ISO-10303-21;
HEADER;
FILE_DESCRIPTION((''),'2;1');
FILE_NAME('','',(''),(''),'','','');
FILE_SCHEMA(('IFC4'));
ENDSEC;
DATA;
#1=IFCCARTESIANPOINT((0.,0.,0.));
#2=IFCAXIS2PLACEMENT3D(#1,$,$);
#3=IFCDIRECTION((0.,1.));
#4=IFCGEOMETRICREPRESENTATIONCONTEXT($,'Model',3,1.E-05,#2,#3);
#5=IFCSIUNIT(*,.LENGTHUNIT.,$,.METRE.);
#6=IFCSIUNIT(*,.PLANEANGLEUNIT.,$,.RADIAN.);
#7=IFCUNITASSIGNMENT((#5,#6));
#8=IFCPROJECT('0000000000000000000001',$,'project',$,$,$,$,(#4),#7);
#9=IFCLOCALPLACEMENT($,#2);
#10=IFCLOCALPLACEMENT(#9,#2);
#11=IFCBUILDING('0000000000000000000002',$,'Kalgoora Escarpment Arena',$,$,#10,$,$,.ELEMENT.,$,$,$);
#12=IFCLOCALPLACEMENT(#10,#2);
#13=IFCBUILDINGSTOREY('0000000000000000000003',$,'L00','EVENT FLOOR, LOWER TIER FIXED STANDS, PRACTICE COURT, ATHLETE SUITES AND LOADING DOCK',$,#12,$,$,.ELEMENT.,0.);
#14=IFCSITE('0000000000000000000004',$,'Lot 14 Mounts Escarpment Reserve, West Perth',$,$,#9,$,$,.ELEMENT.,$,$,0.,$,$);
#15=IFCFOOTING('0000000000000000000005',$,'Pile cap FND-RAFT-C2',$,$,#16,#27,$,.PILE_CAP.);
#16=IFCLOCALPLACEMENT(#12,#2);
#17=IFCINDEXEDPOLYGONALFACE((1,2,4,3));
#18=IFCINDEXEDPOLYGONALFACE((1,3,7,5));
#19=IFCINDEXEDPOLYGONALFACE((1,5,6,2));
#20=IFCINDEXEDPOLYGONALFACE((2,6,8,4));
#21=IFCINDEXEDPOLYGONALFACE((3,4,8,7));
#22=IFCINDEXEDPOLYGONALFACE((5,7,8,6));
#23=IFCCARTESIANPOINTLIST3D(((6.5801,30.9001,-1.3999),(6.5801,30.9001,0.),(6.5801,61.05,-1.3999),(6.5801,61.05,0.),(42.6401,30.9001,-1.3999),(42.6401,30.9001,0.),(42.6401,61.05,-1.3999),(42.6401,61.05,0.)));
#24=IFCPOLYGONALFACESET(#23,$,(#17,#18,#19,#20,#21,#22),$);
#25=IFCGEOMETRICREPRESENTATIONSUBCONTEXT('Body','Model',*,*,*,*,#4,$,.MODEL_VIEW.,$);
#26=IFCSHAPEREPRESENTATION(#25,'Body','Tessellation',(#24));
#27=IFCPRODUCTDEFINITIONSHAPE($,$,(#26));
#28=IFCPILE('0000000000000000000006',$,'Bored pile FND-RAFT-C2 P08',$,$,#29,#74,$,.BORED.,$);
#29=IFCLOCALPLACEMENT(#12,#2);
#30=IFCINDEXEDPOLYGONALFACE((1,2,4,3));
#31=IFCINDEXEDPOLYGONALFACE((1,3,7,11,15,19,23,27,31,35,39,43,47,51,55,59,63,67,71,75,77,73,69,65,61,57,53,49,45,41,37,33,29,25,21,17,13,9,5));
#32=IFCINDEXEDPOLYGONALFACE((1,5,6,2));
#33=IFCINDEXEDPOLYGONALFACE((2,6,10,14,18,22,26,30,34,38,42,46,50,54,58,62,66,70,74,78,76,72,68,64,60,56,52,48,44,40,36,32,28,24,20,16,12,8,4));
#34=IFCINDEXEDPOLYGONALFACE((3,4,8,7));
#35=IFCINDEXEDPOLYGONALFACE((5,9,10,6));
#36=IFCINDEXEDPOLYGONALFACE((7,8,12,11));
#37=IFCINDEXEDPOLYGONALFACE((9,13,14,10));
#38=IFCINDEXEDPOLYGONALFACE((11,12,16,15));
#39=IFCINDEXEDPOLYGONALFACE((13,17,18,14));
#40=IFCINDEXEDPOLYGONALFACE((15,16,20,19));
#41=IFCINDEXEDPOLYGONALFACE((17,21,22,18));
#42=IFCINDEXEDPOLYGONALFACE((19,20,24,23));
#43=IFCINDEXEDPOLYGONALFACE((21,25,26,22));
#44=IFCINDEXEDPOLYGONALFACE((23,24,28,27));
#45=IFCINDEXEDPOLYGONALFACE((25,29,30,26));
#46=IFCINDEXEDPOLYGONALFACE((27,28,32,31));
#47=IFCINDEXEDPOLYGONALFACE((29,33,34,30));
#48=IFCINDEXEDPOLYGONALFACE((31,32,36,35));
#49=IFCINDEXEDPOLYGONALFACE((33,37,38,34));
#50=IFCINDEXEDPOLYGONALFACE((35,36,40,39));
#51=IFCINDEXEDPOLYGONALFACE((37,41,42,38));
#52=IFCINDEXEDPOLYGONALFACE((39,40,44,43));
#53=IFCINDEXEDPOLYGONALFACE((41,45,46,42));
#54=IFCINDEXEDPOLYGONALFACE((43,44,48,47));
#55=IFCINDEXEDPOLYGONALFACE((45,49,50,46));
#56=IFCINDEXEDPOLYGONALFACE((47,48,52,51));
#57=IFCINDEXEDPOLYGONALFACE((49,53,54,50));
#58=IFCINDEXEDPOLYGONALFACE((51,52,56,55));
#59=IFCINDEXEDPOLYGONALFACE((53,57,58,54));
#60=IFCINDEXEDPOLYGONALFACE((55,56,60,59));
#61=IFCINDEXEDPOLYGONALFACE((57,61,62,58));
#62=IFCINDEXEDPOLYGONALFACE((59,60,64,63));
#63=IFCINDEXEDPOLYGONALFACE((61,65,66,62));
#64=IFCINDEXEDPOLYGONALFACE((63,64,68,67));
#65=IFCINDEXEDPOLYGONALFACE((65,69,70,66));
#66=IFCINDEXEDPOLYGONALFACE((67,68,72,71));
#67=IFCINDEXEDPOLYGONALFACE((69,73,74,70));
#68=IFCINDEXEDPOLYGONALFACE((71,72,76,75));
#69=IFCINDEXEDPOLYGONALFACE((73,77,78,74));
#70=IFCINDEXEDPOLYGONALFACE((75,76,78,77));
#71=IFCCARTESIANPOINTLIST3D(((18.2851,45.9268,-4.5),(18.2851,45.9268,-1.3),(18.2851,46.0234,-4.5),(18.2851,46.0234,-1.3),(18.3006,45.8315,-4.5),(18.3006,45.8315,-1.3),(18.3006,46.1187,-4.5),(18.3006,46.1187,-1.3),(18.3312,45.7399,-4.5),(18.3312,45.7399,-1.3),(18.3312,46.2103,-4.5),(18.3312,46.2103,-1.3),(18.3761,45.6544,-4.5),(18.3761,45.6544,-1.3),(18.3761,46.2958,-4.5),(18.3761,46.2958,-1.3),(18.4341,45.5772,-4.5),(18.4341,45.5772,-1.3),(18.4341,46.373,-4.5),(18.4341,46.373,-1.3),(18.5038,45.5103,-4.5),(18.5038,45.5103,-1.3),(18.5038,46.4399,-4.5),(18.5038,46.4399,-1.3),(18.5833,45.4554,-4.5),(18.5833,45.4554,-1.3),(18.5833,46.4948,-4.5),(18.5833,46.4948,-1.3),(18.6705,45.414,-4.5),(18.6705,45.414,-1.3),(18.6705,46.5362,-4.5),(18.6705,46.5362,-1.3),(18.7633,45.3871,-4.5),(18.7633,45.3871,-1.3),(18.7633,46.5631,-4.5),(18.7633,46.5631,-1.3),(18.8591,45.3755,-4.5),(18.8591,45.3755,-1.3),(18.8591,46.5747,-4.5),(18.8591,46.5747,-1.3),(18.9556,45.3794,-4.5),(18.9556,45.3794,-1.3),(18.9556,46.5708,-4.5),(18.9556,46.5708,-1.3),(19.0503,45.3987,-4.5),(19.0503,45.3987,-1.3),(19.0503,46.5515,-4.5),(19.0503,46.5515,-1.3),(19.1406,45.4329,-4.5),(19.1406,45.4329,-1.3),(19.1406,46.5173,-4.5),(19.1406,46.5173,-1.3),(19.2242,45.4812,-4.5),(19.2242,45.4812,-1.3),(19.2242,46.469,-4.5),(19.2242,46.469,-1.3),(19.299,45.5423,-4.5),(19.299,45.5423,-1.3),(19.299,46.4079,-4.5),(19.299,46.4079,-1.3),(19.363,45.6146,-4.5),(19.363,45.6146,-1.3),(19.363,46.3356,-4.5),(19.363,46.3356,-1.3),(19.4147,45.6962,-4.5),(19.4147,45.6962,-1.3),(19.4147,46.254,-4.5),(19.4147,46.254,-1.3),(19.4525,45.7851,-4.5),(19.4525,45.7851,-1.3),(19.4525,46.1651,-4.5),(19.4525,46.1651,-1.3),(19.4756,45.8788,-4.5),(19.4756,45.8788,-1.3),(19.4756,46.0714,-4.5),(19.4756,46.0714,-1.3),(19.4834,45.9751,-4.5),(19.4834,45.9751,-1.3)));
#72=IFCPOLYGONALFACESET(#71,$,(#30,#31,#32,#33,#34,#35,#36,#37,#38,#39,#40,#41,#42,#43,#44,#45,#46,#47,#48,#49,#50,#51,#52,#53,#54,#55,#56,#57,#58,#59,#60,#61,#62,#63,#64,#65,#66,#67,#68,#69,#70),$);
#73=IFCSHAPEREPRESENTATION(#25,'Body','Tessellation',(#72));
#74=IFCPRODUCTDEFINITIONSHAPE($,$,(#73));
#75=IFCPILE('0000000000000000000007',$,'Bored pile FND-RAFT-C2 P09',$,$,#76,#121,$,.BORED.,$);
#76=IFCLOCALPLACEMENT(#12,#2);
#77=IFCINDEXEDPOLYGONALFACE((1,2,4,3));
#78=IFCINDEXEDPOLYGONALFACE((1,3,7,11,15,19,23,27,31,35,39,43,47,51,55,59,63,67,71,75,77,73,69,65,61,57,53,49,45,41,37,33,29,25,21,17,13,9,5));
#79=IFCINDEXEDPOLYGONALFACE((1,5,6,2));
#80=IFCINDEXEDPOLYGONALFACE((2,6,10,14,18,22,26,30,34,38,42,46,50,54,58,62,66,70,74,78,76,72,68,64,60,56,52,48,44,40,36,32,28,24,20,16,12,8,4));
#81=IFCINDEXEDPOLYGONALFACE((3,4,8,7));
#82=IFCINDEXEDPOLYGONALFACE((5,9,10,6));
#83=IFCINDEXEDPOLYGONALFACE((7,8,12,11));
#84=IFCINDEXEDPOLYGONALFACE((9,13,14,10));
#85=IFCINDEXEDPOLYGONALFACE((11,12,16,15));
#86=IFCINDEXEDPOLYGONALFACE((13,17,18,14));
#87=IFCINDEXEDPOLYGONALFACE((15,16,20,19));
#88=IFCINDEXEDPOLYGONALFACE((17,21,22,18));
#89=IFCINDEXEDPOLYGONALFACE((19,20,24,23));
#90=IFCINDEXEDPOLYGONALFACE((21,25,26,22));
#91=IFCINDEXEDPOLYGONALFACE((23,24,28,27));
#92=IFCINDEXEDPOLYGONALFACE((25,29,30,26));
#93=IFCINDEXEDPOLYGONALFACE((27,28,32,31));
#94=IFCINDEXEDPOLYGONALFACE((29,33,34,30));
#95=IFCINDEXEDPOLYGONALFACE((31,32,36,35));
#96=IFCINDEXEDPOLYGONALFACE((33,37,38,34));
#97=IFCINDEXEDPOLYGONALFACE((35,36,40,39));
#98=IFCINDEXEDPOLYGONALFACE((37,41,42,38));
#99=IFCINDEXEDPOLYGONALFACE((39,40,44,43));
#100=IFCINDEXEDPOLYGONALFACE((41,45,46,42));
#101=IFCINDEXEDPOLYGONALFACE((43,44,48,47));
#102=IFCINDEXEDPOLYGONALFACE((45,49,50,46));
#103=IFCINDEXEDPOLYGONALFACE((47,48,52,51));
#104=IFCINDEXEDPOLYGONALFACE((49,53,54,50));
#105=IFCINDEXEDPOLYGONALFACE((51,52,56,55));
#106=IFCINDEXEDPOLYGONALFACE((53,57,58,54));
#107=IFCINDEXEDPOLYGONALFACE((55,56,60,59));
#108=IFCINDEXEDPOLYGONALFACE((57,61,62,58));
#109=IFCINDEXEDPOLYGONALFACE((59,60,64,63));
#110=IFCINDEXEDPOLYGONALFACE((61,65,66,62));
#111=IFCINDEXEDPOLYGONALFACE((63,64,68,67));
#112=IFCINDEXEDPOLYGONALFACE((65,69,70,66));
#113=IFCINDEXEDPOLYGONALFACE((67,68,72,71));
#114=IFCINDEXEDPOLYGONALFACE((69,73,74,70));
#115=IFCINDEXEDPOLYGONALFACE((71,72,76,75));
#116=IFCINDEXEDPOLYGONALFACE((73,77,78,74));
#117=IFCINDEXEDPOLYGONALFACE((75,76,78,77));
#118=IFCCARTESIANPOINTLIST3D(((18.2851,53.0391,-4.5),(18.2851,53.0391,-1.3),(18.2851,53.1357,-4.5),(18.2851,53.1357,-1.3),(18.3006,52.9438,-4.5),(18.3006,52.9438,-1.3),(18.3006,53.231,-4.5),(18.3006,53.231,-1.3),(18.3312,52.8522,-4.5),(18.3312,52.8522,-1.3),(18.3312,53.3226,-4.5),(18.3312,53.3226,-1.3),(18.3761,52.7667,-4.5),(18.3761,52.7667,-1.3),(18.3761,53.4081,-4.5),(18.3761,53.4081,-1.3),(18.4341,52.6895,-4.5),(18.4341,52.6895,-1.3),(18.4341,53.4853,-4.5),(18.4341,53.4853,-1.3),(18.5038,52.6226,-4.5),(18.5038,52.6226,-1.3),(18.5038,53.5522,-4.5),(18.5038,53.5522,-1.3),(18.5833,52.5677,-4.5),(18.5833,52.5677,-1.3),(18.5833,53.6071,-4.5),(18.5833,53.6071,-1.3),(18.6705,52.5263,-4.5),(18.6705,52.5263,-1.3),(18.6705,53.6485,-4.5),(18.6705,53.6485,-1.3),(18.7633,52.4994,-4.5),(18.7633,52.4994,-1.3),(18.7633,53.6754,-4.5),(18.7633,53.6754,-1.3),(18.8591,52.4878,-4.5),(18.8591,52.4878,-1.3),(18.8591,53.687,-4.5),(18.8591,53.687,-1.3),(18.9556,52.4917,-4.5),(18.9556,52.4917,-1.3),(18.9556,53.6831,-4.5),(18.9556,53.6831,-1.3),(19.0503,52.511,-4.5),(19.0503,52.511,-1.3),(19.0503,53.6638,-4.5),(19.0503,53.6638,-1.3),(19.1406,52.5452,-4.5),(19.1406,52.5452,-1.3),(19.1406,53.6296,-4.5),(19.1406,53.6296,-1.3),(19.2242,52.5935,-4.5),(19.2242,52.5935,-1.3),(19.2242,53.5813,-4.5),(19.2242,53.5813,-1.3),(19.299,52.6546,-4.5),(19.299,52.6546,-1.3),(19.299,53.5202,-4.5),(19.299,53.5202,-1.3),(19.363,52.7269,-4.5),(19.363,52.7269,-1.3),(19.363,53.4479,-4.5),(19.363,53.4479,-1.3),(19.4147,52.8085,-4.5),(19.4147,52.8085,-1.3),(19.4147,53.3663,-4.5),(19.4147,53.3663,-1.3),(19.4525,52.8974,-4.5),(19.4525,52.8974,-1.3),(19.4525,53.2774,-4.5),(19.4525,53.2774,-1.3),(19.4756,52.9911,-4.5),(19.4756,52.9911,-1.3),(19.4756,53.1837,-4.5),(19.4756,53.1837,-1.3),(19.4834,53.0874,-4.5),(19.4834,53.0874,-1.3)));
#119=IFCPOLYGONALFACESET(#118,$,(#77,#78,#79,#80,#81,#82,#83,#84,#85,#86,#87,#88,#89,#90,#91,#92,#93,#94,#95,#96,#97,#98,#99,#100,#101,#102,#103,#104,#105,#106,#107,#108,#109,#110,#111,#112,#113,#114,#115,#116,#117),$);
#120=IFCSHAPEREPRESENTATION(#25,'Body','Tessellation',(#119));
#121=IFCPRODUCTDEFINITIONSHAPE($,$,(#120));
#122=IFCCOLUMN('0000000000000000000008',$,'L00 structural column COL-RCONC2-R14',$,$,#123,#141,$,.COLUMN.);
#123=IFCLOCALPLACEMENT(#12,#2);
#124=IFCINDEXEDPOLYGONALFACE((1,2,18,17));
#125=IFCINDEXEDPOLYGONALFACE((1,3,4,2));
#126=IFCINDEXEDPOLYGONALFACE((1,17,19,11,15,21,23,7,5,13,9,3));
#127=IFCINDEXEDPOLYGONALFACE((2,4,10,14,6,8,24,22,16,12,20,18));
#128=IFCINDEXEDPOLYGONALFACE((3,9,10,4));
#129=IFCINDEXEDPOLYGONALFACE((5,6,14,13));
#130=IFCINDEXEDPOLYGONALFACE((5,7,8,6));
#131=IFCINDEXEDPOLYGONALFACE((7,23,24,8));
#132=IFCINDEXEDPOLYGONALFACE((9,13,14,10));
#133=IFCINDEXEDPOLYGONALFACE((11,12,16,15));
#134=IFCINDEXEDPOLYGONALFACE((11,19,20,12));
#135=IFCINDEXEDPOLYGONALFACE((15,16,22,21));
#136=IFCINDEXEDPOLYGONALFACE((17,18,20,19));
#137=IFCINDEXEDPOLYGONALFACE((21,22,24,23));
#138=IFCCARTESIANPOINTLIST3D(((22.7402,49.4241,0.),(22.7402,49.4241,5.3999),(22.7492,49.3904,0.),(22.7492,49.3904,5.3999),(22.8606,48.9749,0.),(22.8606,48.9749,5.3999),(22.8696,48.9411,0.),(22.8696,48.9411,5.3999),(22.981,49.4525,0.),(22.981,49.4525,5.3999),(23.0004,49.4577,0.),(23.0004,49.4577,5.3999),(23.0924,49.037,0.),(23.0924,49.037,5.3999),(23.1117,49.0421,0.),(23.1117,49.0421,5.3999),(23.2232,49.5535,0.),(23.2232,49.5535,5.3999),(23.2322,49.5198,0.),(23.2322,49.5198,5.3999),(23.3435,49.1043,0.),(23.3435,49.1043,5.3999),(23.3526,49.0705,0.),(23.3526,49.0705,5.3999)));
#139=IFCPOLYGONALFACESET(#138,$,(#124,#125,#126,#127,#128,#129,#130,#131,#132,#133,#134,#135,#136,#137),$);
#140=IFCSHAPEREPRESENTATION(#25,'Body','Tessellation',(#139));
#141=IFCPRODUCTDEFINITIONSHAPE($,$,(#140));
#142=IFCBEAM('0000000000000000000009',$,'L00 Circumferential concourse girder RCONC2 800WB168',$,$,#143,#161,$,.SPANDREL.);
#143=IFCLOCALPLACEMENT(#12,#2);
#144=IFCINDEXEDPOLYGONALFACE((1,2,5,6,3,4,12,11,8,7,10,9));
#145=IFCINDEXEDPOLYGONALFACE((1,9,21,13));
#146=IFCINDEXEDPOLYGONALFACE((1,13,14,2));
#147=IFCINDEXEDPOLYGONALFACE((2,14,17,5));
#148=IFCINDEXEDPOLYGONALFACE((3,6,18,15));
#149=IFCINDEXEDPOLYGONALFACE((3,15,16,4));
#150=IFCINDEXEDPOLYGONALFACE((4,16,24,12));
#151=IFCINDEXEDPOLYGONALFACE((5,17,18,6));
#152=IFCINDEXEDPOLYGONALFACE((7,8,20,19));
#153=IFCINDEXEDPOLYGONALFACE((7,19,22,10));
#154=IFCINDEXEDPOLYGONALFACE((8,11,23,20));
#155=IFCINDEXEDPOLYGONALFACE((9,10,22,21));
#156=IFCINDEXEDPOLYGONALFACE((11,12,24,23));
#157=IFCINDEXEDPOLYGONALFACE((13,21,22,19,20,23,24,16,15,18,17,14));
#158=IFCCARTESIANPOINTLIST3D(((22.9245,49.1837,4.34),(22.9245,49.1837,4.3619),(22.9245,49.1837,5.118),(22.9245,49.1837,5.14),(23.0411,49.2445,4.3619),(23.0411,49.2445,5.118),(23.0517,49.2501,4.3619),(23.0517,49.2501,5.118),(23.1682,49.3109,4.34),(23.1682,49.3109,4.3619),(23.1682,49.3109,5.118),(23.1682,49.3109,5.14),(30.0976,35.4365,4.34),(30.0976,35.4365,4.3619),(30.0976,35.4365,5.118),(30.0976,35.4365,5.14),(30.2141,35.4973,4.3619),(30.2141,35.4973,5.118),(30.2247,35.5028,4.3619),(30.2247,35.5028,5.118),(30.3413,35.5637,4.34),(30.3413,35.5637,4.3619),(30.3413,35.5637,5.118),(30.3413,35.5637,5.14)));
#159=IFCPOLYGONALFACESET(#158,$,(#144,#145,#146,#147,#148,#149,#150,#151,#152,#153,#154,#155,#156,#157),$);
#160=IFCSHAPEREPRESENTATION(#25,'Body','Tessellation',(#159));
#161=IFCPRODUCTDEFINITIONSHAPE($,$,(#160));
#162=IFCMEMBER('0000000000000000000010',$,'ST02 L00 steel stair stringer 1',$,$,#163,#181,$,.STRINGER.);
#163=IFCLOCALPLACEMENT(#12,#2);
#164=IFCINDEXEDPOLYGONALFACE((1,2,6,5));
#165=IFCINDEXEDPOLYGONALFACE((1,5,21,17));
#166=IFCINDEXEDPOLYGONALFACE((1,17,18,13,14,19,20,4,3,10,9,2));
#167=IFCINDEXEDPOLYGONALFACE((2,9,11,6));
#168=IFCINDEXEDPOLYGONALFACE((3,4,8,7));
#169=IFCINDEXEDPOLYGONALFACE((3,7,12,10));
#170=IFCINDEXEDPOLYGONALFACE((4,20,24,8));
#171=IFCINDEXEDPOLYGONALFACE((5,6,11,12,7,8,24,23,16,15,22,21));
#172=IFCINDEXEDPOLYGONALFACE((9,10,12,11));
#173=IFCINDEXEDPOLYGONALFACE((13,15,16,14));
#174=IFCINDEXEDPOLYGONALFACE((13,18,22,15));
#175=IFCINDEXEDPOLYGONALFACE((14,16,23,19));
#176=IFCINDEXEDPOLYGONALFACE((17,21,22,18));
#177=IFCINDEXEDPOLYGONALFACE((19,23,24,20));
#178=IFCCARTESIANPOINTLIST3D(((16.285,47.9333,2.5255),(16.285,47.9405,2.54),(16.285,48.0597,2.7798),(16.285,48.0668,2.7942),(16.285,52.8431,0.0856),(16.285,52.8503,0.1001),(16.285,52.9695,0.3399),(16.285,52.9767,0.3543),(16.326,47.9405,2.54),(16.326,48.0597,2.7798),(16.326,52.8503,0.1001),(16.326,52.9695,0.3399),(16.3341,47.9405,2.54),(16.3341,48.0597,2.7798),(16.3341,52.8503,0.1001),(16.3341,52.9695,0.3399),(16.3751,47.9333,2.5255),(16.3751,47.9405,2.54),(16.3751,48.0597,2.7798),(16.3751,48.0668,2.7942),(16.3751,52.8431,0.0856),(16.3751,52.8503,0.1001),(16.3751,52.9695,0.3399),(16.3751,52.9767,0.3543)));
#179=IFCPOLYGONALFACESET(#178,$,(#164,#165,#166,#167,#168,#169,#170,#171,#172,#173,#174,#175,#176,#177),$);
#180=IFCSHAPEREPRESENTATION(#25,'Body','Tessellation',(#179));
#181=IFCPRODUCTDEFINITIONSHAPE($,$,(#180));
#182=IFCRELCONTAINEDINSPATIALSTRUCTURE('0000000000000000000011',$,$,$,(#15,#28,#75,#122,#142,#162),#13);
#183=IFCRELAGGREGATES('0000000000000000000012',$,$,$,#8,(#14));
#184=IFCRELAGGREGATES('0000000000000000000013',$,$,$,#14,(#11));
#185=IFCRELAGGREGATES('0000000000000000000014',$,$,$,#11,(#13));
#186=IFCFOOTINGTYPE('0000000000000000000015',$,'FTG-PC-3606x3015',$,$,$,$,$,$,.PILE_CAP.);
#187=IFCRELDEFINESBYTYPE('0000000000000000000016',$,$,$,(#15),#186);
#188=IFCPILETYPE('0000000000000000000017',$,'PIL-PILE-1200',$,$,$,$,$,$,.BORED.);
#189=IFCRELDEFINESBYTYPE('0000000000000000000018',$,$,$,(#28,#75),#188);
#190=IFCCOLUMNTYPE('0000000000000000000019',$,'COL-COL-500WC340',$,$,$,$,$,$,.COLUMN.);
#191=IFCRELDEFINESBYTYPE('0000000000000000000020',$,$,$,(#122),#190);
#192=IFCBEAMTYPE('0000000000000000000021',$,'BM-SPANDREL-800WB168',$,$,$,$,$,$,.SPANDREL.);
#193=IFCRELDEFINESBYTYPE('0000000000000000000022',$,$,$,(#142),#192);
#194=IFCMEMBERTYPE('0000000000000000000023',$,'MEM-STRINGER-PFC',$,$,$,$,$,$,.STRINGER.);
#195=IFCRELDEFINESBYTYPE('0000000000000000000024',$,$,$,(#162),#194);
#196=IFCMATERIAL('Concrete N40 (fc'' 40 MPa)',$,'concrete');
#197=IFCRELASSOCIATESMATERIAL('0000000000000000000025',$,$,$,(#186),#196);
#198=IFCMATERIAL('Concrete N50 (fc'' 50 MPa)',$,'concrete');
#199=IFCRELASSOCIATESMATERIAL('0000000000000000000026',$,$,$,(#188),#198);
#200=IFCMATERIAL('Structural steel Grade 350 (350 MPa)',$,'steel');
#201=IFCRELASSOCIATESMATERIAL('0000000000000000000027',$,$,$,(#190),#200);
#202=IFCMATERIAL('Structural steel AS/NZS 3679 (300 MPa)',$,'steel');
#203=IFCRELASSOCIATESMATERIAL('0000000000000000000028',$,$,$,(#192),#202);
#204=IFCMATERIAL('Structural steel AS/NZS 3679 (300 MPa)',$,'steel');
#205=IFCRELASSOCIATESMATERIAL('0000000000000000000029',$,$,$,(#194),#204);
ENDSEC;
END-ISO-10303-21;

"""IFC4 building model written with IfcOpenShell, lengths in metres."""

from ifc_helpers import new_model, si_unit, direction, frame, origin, origin_2d, place, context, subcontext, project, spatial, rectangle, circle, i_section, extrude, material, material_profile, profile_set, type_object, element, save


model = new_model("IFC4")

# Units and contexts
model_context = context("Model", 3, precision=1e-05, world=origin(), true_north=direction((0.0, 1.0)))
body_context = subcontext(model_context, "Body", "Model", "MODEL_VIEW")
ifc_project = project(units=[si_unit("LENGTHUNIT", "METRE"), si_unit("PLANEANGLEUNIT", "RADIAN")], contexts=[model_context])

# Site, building, storey
site_placement = place(None, origin())
site = spatial("IfcSite", under=ifc_project, at=site_placement, Name="Lot 14 Mounts Escarpment Reserve, West Perth", CompositionType="ELEMENT", RefElevation=0.0)
building_placement = place(site_placement, origin())
building = spatial("IfcBuilding", under=site, at=building_placement, Name="Kalgoora Escarpment Arena", CompositionType="ELEMENT")
storey_placement = place(building_placement, origin())
storey = spatial("IfcBuildingStorey", under=building, at=storey_placement, Name="L00", Description="EVENT FLOOR, LOWER TIER FIXED STANDS, PRACTICE COURT, ATHLETE SUITES AND LOADING DOCK", CompositionType="ELEMENT", Elevation=0.0)

# Footing
ifc_material_1 = material(Name="Concrete N40 (fc' 40 MPa)", Category="concrete")
footing_type = type_object("IfcFootingType", Name="FTG-PC-3606x3015", PredefinedType="PILE_CAP", material=ifc_material_1)
footing_placement = place(storey_placement, frame((24.6101, 45.9751, -1.3999), z_axis=(0.0, 0.0, 1.0), x_axis=(1.0, 0.0, 0.0)))
element("IfcFooting", 1, at=footing_placement, inside=storey, type_object=footing_type, Name="Pile cap FND-RAFT-C2", PredefinedType="PILE_CAP", context=body_context, shape_type="SweptSolid", body=[
    extrude(rectangle(XDim=36.0601, YDim=30.1499, at=origin_2d()), origin(), (0.0, 0.0, 1.0), 1.3999),
])

# Piles
ifc_material_2 = material(Name="Concrete N50 (fc' 50 MPa)", Category="concrete")
ifc_material_profile_1 = material_profile(ifc_material_2, circle(Radius=0.6001, at=origin_2d()))
ifc_profile_set_1 = profile_set([ifc_material_profile_1], Name="Concrete N50 (fc' 50 MPa)")
pile_type = type_object("IfcPileType", Name="PIL-PILE-1200", PredefinedType="BORED", material=ifc_profile_set_1)
for number, where, z_axis, x_axis, name in (
    (2, (18.8833, 45.9751, -1.3), (0.0, 0.0, -1.0), (1.0, 0.0, 0.0), "Bored pile FND-RAFT-C2 P08"),
    (3, (18.8833, 53.0874, -1.3), (0.0, 0.0, -1.0), (1.0, 0.0, 0.0), "Bored pile FND-RAFT-C2 P09"),
):
    element("IfcPile", number, at=place(storey_placement, frame(where, z_axis=z_axis, x_axis=x_axis)), inside=storey, type_object=pile_type, Name=name, PredefinedType="BORED", context=body_context, shape_type="SweptSolid", body=[
        extrude(circle(Radius=0.6001, at=origin_2d()), origin(), (0.0, 0.0, 1.0), 3.2),
    ])

# Column
ifc_material_3 = material(Name="Structural steel Grade 350 (350 MPa)", Category="steel")
ifc_material_profile_2 = material_profile(ifc_material_3, i_section(OverallWidth=0.5, OverallDepth=0.5, WebThickness=0.02, FlangeThickness=0.0349, at=origin_2d()))
ifc_profile_set_2 = profile_set([ifc_material_profile_2], Name="Structural steel Grade 350 (350 MPa)")
column_type = type_object("IfcColumnType", Name="COL-COL-500WC340", PredefinedType="COLUMN", material=ifc_profile_set_2)
column_placement = place(storey_placement, frame((23.0464, 49.2473, 0.0), z_axis=(0.0, 0.0, 1.0), x_axis=(-0.965926, -0.258819, 0.0)))
element("IfcColumn", 4, at=column_placement, inside=storey, type_object=column_type, Name="L00 structural column COL-RCONC2-R14", PredefinedType="COLUMN", context=body_context, shape_type="SweptSolid", body=[
    extrude(i_section(OverallWidth=0.5, OverallDepth=0.5, WebThickness=0.02, FlangeThickness=0.0349, at=origin_2d()), origin(), (0.0, 0.0, 1.0), 5.3999),
])

# Beam
ifc_material_4 = material(Name="Structural steel AS/NZS 3679 (300 MPa)", Category="steel")
ifc_material_profile_3 = material_profile(ifc_material_4, i_section(OverallWidth=0.2749, OverallDepth=0.8, WebThickness=0.012, FlangeThickness=0.022, at=origin_2d()))
ifc_profile_set_3 = profile_set([ifc_material_profile_3], Name="Structural steel AS/NZS 3679 (300 MPa)")
beam_type = type_object("IfcBeamType", Name="BM-SPANDREL-800WB168", PredefinedType="SPANDREL", material=ifc_profile_set_3)
beam_placement = place(storey_placement, frame((23.0464, 49.2473, 4.74), z_axis=(0.462596, -0.886569, 0.0), x_axis=(0.886569, 0.462596, 0.0)))
element("IfcBeam", 5, at=beam_placement, inside=storey, type_object=beam_type, Name="L00 Circumferential concourse girder RCONC2 800WB168", PredefinedType="SPANDREL", context=body_context, shape_type="SweptSolid", body=[
    extrude(i_section(OverallWidth=0.2749, OverallDepth=0.8, WebThickness=0.012, FlangeThickness=0.022, at=origin_2d()), origin(), (0.0, 0.0, 1.0), 15.5061),
])

# Member
ifc_material_5 = material(Name="Structural steel AS/NZS 3679 (300 MPa)", Category="steel")
ifc_material_profile_4 = material_profile(ifc_material_5, i_section(OverallWidth=0.0901, OverallDepth=0.3, WebThickness=0.0081, FlangeThickness=0.0161, at=origin_2d()))
ifc_profile_set_4 = profile_set([ifc_material_profile_4], Name="Structural steel AS/NZS 3679 (300 MPa)")
member_type = type_object("IfcMemberType", Name="MEM-STRINGER-PFC", PredefinedType="STRINGER", material=ifc_profile_set_4)
member_placement = place(storey_placement, frame((16.3301, 52.9099, 0.22), z_axis=(0.0, -0.89552, 0.445021), x_axis=(1.0, 0.0, 0.0)))
element("IfcMember", 6, at=member_placement, inside=storey, type_object=member_type, Name="ST02 L00 steel stair stringer 1", PredefinedType="STRINGER", context=body_context, shape_type="SweptSolid", body=[
    extrude(i_section(OverallWidth=0.0901, OverallDepth=0.3, WebThickness=0.0081, FlangeThickness=0.0161, at=origin_2d()), origin(), (0.0, 0.0, 1.0), 5.4827),
])

save(model, "model.ifc")
